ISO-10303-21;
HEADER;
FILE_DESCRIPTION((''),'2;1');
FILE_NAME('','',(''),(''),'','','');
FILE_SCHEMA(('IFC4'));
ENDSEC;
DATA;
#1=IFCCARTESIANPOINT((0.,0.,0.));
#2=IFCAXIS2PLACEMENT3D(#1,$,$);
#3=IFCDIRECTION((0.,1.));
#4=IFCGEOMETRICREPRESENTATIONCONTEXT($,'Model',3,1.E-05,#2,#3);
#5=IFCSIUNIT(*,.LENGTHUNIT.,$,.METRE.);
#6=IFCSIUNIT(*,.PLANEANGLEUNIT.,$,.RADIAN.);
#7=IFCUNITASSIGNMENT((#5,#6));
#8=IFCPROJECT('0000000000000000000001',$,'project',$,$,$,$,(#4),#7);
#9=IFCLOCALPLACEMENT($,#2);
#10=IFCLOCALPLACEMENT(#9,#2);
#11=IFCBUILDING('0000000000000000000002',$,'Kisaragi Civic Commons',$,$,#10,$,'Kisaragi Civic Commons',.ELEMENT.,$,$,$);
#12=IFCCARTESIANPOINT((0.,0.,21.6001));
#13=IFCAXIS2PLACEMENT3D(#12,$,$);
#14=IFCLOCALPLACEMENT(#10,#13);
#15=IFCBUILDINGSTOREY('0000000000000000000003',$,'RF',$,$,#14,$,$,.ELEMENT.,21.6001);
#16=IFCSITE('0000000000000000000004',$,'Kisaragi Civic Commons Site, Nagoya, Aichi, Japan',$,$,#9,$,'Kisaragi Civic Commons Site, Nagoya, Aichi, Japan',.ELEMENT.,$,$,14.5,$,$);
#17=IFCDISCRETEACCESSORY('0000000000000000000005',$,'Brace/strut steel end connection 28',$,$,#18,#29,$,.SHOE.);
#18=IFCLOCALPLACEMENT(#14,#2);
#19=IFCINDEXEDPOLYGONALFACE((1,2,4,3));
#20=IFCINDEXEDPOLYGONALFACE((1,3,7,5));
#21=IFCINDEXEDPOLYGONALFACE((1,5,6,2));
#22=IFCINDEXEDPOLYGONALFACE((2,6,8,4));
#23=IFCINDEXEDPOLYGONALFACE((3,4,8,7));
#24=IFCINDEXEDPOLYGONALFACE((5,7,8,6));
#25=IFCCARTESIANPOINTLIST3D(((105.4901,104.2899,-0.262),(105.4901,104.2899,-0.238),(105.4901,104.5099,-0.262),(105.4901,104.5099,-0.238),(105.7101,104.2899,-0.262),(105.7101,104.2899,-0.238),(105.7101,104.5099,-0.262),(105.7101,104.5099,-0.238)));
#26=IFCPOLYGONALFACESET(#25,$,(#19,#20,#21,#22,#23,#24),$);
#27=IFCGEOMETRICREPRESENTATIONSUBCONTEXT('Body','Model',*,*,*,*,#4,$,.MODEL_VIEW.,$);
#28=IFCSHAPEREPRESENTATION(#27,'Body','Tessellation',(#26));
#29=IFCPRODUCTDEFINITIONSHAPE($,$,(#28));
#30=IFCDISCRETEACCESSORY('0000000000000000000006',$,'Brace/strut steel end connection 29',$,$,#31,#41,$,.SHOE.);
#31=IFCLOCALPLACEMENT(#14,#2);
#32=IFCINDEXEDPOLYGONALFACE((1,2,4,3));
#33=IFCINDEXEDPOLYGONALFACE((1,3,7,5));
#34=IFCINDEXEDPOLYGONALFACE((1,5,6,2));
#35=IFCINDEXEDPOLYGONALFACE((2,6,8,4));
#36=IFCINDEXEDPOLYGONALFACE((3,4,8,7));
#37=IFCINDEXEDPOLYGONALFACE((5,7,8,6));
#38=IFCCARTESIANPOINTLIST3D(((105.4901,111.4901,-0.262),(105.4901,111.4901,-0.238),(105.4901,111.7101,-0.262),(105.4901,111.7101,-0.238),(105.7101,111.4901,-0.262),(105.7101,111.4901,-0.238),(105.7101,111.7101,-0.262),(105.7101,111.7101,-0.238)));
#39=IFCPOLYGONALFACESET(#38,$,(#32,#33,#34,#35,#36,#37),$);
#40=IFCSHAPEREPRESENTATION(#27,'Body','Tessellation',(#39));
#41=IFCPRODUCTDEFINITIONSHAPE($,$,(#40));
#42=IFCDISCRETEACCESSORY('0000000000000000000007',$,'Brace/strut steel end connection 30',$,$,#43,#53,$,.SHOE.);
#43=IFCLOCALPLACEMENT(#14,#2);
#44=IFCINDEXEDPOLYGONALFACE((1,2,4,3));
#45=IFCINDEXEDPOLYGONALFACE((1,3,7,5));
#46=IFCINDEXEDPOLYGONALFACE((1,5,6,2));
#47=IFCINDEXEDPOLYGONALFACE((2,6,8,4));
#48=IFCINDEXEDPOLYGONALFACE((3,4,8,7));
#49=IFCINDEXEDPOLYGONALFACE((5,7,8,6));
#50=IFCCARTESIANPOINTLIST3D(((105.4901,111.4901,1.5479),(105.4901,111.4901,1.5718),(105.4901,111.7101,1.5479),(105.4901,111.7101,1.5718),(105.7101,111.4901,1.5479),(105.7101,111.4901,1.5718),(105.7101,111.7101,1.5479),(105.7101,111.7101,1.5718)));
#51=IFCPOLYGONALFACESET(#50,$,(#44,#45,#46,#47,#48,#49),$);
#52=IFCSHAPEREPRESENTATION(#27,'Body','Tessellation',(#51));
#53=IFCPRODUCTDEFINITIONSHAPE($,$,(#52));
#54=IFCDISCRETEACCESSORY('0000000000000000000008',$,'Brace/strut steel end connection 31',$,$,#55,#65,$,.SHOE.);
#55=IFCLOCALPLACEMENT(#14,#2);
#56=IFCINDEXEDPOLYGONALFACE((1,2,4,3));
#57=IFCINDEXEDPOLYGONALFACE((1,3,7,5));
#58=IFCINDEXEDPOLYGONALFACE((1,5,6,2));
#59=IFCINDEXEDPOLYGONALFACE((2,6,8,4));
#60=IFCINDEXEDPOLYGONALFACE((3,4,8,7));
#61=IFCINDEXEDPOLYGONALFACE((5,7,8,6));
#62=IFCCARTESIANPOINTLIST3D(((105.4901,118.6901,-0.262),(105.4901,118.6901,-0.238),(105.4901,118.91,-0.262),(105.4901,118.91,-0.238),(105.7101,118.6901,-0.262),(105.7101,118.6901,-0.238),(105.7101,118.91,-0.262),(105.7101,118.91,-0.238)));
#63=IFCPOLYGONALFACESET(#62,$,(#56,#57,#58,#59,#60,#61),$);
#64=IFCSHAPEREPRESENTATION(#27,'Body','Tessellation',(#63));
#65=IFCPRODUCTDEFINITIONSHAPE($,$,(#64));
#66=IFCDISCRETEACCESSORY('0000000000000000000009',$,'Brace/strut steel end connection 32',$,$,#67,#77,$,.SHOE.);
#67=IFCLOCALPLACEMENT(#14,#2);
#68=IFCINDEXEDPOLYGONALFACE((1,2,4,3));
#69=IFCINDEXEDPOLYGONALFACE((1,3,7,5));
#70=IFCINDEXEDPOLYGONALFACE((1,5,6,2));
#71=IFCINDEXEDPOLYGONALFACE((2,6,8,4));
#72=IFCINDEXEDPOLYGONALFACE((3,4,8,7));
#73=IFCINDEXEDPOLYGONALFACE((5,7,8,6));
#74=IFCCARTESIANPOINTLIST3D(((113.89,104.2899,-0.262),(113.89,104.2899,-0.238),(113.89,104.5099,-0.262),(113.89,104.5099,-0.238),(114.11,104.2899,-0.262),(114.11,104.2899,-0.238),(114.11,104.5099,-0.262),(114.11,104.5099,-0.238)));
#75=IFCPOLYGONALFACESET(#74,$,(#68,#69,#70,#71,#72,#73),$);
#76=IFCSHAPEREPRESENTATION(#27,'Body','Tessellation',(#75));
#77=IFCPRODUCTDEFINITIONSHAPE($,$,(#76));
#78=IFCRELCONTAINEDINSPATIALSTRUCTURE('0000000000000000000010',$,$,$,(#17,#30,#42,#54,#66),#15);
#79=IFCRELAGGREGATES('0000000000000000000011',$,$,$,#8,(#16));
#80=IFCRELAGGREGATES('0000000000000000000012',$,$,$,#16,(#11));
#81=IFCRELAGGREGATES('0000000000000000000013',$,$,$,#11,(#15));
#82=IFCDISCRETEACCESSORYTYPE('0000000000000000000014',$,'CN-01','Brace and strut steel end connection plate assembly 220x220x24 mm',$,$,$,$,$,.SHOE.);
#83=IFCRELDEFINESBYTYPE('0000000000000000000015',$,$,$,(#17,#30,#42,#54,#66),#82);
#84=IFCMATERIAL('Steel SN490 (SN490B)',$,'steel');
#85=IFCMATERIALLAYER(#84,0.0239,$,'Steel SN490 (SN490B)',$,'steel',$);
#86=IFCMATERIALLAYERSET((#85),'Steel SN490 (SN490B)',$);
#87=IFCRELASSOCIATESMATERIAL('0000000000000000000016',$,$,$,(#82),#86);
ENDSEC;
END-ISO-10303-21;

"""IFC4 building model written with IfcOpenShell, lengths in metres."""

from ifc_helpers import new_model, si_unit, direction, frame, origin, origin_2d, place, context, subcontext, project, spatial, rectangle, extrude, material, layer, layer_set, type_object, element, save


model = new_model("IFC4")

# Units and contexts
model_context = context("Model", 3, precision=1e-05, world=origin(), true_north=direction((0.0, 1.0)))
body_context = subcontext(model_context, "Body", "Model", "MODEL_VIEW")
ifc_project = project(units=[si_unit("LENGTHUNIT", "METRE"), si_unit("PLANEANGLEUNIT", "RADIAN")], contexts=[model_context])

# Site, building, storey
site_placement = place(None, origin())
site = spatial("IfcSite", under=ifc_project, at=site_placement, Name="Kisaragi Civic Commons Site, Nagoya, Aichi, Japan", LongName="Kisaragi Civic Commons Site, Nagoya, Aichi, Japan", CompositionType="ELEMENT", RefElevation=14.5)
building_placement = place(site_placement, origin())
building = spatial("IfcBuilding", under=site, at=building_placement, Name="Kisaragi Civic Commons", LongName="Kisaragi Civic Commons", CompositionType="ELEMENT")
storey_placement = place(building_placement, frame((0.0, 0.0, 21.6001)))
storey = spatial("IfcBuildingStorey", under=building, at=storey_placement, Name="RF", CompositionType="ELEMENT", Elevation=21.6001)

# Shared definitions
ifc_material_1 = material(Name="Steel SN490 (SN490B)", Category="steel")

# Discrete accessories
ifc_layer_1 = layer(ifc_material_1, 0.0239, Name="Steel SN490 (SN490B)", Category="steel")
ifc_layer_set_1 = layer_set([ifc_layer_1], Name="Steel SN490 (SN490B)")
discrete_accessory_type = type_object("IfcDiscreteAccessoryType", Name="CN-01", Description="Brace and strut steel end connection plate assembly 220x220x24 mm", PredefinedType="SHOE", material=ifc_layer_set_1)
for number, where, z_axis, x_axis, name in (
    (1, (105.6001, 104.3999, -0.262), (0.0, 0.0, 1.0), (1.0, 0.0, 0.0), "Brace/strut steel end connection 28"),
    (2, (105.6001, 111.6001, -0.262), (0.0, 0.0, 1.0), (1.0, 0.0, 0.0), "Brace/strut steel end connection 29"),
    (3, (105.6001, 111.6001, 1.5479), (0.0, 0.0, 1.0), (1.0, 0.0, 0.0), "Brace/strut steel end connection 30"),
    (4, (105.6001, 118.8, -0.262), (0.0, 0.0, 1.0), (1.0, 0.0, 0.0), "Brace/strut steel end connection 31"),
    (5, (114.0, 104.3999, -0.262), (0.0, 0.0, 1.0), (1.0, 0.0, 0.0), "Brace/strut steel end connection 32"),
):
    element("IfcDiscreteAccessory", number, at=place(storey_placement, frame(where, z_axis=z_axis, x_axis=x_axis)), inside=storey, type_object=discrete_accessory_type, Name=name, PredefinedType="SHOE", context=body_context, shape_type="SweptSolid", body=[
        extrude(rectangle(XDim=0.22, YDim=0.22, at=origin_2d()), origin(), (0.0, 0.0, 1.0), 0.0239),
    ])

save(model, "model.ifc")
